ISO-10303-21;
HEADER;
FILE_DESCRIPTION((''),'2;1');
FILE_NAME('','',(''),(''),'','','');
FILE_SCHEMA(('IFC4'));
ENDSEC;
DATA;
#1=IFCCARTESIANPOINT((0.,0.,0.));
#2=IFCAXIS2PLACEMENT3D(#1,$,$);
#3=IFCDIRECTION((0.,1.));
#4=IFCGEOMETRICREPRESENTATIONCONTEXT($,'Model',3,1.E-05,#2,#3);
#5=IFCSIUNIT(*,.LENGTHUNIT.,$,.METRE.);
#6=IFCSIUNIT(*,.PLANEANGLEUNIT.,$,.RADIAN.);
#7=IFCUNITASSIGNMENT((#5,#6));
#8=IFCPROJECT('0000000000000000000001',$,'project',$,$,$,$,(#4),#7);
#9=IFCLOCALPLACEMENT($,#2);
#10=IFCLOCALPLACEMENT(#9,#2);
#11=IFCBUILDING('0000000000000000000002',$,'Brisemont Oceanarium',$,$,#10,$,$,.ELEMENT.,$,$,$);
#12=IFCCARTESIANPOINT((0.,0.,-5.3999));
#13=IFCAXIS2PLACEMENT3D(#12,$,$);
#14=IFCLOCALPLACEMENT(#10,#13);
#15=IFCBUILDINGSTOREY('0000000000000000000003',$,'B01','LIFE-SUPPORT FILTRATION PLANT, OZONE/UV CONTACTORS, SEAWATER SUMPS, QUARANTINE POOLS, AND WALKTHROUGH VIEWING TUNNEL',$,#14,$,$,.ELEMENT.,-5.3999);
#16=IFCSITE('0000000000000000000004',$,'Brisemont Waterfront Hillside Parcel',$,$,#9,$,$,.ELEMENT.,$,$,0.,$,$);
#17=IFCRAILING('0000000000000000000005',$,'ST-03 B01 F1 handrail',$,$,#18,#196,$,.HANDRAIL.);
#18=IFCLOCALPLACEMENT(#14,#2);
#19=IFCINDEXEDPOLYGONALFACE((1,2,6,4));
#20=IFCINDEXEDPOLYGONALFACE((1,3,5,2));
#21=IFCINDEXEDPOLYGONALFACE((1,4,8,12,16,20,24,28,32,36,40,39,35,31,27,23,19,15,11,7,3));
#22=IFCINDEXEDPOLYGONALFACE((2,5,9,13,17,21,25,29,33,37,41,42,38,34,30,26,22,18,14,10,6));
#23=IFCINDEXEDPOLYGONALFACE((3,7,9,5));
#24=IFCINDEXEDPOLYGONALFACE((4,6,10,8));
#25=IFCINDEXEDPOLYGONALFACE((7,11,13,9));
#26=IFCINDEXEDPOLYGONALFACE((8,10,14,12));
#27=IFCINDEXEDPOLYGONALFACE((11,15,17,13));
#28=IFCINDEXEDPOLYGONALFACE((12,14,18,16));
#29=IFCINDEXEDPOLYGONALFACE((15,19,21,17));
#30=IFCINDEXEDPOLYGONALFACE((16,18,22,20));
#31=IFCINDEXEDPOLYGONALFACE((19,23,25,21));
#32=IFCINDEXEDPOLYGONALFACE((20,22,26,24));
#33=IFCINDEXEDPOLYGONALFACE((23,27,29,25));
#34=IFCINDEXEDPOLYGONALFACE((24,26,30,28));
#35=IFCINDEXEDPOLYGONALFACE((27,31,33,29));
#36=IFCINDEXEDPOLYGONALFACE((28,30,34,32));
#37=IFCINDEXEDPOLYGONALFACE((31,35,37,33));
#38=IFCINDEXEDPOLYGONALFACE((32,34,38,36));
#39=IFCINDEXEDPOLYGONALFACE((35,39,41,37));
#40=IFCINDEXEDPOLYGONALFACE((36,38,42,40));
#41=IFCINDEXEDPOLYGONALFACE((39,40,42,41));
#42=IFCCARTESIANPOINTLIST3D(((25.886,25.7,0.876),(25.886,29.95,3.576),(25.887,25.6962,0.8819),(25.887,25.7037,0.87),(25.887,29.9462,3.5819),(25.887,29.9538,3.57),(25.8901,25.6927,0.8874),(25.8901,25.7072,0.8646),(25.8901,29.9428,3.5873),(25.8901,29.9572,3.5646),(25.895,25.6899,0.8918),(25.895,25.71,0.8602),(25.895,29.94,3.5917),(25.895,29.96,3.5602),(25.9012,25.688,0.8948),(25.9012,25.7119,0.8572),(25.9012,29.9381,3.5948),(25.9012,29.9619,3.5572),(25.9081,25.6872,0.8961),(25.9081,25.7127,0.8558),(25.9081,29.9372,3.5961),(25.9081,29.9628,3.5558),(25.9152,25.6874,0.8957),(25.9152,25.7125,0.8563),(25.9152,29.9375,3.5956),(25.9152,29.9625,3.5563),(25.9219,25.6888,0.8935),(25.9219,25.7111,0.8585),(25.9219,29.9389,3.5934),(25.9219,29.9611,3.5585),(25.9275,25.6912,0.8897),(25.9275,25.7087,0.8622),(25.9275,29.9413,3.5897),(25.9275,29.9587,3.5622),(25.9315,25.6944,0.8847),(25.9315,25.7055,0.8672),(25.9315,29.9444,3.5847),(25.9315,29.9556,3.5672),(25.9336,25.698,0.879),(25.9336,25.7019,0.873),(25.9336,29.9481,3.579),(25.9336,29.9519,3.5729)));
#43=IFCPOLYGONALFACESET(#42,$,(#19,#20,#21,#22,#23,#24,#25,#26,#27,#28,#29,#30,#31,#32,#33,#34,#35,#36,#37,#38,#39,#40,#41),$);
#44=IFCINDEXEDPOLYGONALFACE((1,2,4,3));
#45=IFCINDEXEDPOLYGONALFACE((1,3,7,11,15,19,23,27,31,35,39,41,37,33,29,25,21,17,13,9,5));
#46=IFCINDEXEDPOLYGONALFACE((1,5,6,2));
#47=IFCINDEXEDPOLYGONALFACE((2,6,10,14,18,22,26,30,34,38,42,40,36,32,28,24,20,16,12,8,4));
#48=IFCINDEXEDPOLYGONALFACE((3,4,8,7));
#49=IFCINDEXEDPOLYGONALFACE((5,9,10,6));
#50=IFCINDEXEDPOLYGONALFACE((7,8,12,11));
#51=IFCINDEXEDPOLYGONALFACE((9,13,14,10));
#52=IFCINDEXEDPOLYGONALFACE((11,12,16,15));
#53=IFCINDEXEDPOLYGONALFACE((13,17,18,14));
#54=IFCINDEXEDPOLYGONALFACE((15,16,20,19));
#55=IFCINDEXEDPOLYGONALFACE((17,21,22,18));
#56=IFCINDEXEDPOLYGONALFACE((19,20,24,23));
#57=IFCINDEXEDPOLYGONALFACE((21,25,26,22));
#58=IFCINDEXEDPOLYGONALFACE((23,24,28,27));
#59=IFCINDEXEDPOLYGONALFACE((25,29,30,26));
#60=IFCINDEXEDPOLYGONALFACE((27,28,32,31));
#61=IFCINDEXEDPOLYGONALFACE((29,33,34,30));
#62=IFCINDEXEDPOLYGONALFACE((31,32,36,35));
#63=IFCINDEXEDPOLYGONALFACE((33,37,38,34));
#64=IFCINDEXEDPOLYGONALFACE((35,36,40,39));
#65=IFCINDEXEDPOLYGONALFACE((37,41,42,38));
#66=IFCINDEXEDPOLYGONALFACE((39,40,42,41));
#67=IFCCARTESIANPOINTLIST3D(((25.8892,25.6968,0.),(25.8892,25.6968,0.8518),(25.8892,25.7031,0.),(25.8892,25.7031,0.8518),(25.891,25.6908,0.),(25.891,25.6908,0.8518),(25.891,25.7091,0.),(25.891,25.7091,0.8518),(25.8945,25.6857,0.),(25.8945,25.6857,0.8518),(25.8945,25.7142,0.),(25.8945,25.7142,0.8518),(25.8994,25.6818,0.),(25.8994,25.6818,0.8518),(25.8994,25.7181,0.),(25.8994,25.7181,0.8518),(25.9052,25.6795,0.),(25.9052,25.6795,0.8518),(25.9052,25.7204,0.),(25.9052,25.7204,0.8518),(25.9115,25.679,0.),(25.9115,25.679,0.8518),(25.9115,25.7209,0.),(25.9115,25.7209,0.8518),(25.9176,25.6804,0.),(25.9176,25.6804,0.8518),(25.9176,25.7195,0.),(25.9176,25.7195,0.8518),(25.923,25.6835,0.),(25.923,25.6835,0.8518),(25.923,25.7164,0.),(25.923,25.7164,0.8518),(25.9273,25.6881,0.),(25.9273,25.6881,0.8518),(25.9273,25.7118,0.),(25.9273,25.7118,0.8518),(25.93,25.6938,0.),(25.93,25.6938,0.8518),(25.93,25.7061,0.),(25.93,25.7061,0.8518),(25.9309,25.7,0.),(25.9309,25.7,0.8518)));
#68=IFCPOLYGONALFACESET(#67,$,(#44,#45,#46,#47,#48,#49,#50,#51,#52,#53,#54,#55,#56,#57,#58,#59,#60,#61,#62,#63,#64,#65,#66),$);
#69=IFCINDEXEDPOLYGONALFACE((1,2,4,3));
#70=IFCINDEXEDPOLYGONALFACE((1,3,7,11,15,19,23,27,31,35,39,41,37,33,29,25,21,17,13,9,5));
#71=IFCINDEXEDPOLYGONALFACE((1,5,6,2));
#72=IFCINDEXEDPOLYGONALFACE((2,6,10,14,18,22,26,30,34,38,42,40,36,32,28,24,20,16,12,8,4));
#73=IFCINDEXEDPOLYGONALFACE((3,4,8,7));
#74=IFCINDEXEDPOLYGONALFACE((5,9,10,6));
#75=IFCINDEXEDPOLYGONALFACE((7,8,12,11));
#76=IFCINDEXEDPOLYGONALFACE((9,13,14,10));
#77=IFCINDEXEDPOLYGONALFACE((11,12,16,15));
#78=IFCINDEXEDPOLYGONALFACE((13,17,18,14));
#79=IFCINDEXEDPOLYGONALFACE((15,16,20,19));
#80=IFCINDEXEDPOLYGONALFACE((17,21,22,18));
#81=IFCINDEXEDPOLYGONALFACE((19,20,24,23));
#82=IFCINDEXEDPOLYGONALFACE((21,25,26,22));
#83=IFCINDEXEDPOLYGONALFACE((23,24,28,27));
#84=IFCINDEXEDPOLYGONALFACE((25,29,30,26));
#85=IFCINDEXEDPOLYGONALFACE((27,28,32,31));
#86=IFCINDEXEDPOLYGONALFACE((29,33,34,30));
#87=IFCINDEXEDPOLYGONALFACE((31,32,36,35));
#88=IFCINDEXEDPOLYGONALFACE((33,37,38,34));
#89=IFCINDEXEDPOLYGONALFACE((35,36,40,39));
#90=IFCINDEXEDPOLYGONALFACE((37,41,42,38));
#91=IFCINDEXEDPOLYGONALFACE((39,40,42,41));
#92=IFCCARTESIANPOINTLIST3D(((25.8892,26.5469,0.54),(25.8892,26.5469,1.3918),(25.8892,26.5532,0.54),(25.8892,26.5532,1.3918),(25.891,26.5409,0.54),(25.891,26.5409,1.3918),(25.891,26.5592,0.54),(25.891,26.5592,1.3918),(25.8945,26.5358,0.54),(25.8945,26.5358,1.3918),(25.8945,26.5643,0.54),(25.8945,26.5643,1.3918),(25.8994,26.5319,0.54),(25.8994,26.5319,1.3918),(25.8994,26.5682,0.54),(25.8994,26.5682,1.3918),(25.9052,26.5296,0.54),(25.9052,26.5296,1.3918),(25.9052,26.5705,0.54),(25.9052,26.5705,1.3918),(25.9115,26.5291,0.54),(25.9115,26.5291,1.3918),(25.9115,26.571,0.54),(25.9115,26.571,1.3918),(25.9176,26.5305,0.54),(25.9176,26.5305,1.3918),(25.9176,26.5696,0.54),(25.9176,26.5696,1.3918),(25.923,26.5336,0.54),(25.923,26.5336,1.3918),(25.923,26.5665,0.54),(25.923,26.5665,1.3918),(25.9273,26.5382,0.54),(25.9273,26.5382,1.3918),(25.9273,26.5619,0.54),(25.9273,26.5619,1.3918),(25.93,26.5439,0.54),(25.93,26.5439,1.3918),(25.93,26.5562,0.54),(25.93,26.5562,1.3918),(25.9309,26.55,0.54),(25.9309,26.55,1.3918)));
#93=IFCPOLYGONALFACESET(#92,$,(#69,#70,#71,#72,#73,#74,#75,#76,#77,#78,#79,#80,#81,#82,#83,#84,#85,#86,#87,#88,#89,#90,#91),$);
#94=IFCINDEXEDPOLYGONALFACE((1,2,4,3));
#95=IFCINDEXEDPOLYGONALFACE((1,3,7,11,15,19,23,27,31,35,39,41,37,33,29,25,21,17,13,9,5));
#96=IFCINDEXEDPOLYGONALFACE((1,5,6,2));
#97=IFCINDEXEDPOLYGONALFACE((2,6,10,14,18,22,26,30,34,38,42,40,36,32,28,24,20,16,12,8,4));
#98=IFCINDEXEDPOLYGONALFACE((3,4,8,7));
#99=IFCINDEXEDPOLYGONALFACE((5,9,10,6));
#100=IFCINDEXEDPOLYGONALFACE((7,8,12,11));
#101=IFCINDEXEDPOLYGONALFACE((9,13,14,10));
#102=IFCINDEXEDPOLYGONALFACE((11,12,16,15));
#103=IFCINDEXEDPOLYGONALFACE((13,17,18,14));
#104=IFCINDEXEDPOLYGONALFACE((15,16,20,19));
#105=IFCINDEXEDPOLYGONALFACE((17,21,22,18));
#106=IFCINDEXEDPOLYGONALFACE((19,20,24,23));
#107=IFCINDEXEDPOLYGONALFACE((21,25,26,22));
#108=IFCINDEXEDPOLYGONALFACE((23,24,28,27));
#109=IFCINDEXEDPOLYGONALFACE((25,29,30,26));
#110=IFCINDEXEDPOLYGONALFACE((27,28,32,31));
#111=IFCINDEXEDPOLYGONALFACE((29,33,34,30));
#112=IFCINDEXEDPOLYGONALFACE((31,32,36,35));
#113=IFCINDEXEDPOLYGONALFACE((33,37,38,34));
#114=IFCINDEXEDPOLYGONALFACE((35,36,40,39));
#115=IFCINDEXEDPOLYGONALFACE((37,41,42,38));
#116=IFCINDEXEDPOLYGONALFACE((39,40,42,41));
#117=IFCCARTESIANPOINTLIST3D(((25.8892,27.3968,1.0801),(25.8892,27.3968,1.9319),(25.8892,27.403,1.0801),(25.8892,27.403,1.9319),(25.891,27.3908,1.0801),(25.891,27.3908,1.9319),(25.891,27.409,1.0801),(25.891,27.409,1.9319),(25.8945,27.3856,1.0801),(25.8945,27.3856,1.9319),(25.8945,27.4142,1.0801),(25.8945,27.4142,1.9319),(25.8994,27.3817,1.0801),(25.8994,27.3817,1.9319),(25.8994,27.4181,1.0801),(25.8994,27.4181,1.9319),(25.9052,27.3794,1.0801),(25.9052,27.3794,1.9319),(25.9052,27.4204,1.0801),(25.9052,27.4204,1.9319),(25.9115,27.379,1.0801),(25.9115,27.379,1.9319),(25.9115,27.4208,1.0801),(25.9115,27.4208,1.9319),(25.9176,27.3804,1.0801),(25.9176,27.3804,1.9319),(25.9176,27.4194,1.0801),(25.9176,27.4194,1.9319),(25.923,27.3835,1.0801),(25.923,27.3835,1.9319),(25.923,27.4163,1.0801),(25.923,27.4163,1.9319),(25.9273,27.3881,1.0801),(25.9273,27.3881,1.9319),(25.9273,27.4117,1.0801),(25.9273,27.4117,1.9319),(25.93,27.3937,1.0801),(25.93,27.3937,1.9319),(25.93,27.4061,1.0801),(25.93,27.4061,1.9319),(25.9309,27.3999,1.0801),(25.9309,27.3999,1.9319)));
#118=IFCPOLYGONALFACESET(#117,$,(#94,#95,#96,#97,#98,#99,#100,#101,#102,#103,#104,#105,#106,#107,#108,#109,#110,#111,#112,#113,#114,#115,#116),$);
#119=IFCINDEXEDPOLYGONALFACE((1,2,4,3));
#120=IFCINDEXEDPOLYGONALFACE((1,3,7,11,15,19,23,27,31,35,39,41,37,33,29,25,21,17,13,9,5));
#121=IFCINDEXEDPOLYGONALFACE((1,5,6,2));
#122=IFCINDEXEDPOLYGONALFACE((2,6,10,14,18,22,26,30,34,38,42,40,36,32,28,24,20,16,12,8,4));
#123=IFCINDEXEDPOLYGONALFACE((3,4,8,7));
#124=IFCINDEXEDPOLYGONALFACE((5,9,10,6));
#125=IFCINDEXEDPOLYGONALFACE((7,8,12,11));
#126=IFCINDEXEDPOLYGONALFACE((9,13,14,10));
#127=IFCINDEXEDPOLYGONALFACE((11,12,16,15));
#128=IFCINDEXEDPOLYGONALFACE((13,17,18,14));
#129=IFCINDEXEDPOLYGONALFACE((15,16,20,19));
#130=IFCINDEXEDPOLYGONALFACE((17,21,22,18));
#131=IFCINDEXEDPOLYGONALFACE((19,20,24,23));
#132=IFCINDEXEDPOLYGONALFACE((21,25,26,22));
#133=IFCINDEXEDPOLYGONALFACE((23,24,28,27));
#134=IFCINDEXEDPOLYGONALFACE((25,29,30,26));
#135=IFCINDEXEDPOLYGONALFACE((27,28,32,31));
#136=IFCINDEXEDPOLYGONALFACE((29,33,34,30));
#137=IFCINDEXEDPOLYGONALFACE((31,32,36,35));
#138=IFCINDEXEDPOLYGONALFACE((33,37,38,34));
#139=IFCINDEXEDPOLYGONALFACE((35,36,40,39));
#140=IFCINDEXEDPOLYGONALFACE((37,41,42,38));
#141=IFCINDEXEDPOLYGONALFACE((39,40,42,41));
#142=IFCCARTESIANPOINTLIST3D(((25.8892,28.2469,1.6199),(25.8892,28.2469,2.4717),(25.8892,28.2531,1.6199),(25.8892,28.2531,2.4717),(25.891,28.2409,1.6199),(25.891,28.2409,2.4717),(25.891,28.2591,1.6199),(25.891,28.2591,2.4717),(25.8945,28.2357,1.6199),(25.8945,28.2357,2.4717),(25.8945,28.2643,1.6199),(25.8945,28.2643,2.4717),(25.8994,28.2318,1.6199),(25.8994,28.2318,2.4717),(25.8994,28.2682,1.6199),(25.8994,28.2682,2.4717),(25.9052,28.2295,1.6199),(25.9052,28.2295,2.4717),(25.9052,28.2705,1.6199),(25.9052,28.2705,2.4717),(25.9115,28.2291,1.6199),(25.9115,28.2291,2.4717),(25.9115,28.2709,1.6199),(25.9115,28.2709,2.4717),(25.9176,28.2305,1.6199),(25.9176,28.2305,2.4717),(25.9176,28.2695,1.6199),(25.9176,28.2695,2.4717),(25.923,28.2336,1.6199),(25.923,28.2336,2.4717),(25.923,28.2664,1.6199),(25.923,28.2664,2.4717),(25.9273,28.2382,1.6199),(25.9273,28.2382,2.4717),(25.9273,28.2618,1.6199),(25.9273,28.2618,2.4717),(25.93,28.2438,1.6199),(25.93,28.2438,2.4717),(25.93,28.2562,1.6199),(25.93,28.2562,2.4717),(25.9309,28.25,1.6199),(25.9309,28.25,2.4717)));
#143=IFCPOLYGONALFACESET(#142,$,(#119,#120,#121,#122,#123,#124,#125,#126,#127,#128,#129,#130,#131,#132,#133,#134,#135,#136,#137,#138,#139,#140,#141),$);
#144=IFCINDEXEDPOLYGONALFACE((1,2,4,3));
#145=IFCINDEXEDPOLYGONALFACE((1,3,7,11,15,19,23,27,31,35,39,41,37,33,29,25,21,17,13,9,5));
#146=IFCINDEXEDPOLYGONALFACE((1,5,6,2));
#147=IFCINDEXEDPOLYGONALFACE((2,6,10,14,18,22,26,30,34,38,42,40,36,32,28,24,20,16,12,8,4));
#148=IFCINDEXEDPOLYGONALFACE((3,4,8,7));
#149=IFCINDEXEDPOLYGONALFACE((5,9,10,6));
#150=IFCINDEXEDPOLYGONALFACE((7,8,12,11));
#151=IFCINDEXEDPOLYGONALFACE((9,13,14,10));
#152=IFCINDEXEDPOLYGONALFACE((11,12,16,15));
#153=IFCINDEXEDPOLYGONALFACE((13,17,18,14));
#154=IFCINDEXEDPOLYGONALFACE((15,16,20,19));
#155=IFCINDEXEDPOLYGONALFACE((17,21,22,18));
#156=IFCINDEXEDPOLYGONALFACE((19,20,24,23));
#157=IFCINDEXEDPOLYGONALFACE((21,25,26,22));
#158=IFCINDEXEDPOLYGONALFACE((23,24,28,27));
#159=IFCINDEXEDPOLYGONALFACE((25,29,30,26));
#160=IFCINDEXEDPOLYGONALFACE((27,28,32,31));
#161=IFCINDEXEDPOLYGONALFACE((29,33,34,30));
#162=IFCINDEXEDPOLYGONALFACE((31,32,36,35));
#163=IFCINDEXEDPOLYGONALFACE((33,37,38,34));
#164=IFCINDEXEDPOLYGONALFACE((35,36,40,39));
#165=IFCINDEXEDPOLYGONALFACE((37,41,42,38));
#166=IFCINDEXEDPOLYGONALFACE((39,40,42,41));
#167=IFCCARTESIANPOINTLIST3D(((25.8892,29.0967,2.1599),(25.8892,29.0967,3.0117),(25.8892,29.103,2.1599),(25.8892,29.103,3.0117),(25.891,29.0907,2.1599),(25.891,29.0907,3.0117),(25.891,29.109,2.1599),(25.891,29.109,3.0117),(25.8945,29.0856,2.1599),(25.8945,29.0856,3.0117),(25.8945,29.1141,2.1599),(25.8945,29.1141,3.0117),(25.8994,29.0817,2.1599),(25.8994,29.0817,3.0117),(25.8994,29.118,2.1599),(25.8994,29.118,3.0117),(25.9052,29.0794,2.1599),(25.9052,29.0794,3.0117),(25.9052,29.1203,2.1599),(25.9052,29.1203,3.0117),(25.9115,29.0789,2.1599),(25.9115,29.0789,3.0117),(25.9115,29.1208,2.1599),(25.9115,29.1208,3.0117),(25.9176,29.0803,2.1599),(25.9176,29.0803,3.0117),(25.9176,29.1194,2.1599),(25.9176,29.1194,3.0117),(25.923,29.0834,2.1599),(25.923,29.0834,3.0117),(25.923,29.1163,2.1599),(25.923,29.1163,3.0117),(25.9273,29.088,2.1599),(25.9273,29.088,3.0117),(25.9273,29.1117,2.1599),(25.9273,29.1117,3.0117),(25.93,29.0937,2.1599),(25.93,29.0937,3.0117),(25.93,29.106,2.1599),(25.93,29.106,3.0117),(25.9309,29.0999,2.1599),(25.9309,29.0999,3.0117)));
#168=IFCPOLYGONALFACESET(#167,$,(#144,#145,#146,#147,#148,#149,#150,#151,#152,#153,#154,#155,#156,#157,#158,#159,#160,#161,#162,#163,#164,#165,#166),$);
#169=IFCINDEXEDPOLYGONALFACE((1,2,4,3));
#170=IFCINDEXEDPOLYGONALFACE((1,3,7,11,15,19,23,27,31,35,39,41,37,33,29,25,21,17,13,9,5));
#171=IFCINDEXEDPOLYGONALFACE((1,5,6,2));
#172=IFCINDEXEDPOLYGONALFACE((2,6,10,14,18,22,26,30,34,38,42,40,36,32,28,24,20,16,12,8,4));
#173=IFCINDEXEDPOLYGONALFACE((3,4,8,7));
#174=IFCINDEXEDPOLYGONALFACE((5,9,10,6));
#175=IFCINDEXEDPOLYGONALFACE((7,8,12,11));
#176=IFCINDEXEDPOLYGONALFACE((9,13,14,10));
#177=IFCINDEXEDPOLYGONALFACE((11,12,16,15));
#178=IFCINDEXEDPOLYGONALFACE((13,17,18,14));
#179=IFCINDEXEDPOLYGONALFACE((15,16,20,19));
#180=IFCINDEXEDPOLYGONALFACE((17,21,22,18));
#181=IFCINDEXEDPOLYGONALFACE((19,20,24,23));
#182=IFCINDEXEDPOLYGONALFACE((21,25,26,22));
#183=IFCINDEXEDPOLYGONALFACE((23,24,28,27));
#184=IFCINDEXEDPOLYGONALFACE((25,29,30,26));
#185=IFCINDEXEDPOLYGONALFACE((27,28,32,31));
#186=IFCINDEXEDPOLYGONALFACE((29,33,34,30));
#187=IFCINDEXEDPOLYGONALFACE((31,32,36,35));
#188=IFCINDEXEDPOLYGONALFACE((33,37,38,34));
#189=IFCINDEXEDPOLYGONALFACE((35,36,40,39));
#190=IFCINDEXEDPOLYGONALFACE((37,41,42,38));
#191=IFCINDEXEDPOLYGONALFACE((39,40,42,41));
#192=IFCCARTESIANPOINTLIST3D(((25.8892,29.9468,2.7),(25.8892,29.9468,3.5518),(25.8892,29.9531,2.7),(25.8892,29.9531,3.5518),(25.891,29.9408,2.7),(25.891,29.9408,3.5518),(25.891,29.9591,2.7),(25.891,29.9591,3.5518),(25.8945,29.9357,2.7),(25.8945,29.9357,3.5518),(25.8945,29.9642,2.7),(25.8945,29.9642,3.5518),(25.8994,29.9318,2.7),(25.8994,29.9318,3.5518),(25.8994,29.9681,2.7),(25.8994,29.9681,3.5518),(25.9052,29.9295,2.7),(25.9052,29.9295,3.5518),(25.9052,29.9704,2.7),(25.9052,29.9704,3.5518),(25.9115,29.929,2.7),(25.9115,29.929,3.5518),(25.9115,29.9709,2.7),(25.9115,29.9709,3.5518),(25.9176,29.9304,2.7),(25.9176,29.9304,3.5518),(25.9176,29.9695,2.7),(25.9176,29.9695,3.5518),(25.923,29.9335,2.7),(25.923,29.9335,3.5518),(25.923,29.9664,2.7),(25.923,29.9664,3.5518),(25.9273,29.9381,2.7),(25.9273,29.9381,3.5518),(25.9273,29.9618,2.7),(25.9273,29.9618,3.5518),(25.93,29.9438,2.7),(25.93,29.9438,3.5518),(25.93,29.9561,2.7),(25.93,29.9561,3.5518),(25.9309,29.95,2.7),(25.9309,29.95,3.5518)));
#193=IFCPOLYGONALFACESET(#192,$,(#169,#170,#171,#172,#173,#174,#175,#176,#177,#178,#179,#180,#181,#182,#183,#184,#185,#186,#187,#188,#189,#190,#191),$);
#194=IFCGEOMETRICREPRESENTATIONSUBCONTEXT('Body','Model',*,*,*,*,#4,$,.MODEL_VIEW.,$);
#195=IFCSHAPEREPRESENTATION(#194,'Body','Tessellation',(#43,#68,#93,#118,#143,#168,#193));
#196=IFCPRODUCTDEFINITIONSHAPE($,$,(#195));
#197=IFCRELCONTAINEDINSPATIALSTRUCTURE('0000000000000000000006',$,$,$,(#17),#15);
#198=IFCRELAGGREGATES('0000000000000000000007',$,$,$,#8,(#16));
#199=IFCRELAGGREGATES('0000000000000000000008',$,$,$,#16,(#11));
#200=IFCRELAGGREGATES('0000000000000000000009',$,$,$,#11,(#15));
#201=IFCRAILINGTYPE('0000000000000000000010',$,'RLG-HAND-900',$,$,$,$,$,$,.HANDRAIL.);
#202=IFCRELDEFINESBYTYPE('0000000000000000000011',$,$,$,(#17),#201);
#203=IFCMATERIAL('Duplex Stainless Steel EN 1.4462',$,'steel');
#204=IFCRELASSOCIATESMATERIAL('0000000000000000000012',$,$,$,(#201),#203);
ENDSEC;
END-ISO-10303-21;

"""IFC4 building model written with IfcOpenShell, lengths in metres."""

from ifc_helpers import new_model, si_unit, direction, frame, origin, origin_2d, place, context, subcontext, project, spatial, circle, extrude, material, type_object, element, save


model = new_model("IFC4")

# Units and contexts
model_context = context("Model", 3, precision=1e-05, world=origin(), true_north=direction((0.0, 1.0)))
body_context = subcontext(model_context, "Body", "Model", "MODEL_VIEW")
ifc_project = project(units=[si_unit("LENGTHUNIT", "METRE"), si_unit("PLANEANGLEUNIT", "RADIAN")], contexts=[model_context])

# Site, building, storey
site_placement = place(None, origin())
site = spatial("IfcSite", under=ifc_project, at=site_placement, Name="Brisemont Waterfront Hillside Parcel", CompositionType="ELEMENT", RefElevation=0.0)
building_placement = place(site_placement, origin())
building = spatial("IfcBuilding", under=site, at=building_placement, Name="Brisemont Oceanarium", CompositionType="ELEMENT")
storey_placement = place(building_placement, frame((0.0, 0.0, -5.3999)))
storey = spatial("IfcBuildingStorey", under=building, at=storey_placement, Name="B01", Description="LIFE-SUPPORT FILTRATION PLANT, OZONE/UV CONTACTORS, SEAWATER SUMPS, QUARANTINE POOLS, AND WALKTHROUGH VIEWING TUNNEL", CompositionType="ELEMENT", Elevation=-5.3999)

# Railing
ifc_material_1 = material(Name="Duplex Stainless Steel EN 1.4462", Category="steel")
railing_type_1 = type_object("IfcRailingType", Name="RLG-HAND-900", PredefinedType="HANDRAIL", material=ifc_material_1)
railing_1_placement = place(storey_placement, frame((25.9099, 25.7, 0.0)))
element("IfcRailing", 1, at=railing_1_placement, inside=storey, type_object=railing_type_1, Name="ST-03 B01 F1 handrail", PredefinedType="HANDRAIL", context=body_context, shape_type="SweptSolid", body=[
    extrude(circle(Radius=0.0239, at=origin_2d()), frame((0.0, 0.0, 0.876), z_axis=(0.0, 0.844075, 0.536226), x_axis=(-1.0, 0.0, 0.0)), (0.0, 0.0, 1.0), 5.0352),
    extrude(circle(Radius=0.021, at=origin_2d()), origin(), (0.0, 0.0, 1.0), 0.8518),
    extrude(circle(Radius=0.021, at=origin_2d()), frame((0.0, 0.8501, 0.54)), (0.0, 0.0, 1.0), 0.8518),
    extrude(circle(Radius=0.021, at=origin_2d()), frame((0.0, 1.7, 1.0801)), (0.0, 0.0, 1.0), 0.8518),
    extrude(circle(Radius=0.021, at=origin_2d()), frame((0.0, 2.55, 1.6199)), (0.0, 0.0, 1.0), 0.8518),
    extrude(circle(Radius=0.021, at=origin_2d()), frame((0.0, 3.3999, 2.1599)), (0.0, 0.0, 1.0), 0.8518),
    extrude(circle(Radius=0.021, at=origin_2d()), frame((0.0, 4.25, 2.7)), (0.0, 0.0, 1.0), 0.8518),
])

save(model, "model.ifc")
